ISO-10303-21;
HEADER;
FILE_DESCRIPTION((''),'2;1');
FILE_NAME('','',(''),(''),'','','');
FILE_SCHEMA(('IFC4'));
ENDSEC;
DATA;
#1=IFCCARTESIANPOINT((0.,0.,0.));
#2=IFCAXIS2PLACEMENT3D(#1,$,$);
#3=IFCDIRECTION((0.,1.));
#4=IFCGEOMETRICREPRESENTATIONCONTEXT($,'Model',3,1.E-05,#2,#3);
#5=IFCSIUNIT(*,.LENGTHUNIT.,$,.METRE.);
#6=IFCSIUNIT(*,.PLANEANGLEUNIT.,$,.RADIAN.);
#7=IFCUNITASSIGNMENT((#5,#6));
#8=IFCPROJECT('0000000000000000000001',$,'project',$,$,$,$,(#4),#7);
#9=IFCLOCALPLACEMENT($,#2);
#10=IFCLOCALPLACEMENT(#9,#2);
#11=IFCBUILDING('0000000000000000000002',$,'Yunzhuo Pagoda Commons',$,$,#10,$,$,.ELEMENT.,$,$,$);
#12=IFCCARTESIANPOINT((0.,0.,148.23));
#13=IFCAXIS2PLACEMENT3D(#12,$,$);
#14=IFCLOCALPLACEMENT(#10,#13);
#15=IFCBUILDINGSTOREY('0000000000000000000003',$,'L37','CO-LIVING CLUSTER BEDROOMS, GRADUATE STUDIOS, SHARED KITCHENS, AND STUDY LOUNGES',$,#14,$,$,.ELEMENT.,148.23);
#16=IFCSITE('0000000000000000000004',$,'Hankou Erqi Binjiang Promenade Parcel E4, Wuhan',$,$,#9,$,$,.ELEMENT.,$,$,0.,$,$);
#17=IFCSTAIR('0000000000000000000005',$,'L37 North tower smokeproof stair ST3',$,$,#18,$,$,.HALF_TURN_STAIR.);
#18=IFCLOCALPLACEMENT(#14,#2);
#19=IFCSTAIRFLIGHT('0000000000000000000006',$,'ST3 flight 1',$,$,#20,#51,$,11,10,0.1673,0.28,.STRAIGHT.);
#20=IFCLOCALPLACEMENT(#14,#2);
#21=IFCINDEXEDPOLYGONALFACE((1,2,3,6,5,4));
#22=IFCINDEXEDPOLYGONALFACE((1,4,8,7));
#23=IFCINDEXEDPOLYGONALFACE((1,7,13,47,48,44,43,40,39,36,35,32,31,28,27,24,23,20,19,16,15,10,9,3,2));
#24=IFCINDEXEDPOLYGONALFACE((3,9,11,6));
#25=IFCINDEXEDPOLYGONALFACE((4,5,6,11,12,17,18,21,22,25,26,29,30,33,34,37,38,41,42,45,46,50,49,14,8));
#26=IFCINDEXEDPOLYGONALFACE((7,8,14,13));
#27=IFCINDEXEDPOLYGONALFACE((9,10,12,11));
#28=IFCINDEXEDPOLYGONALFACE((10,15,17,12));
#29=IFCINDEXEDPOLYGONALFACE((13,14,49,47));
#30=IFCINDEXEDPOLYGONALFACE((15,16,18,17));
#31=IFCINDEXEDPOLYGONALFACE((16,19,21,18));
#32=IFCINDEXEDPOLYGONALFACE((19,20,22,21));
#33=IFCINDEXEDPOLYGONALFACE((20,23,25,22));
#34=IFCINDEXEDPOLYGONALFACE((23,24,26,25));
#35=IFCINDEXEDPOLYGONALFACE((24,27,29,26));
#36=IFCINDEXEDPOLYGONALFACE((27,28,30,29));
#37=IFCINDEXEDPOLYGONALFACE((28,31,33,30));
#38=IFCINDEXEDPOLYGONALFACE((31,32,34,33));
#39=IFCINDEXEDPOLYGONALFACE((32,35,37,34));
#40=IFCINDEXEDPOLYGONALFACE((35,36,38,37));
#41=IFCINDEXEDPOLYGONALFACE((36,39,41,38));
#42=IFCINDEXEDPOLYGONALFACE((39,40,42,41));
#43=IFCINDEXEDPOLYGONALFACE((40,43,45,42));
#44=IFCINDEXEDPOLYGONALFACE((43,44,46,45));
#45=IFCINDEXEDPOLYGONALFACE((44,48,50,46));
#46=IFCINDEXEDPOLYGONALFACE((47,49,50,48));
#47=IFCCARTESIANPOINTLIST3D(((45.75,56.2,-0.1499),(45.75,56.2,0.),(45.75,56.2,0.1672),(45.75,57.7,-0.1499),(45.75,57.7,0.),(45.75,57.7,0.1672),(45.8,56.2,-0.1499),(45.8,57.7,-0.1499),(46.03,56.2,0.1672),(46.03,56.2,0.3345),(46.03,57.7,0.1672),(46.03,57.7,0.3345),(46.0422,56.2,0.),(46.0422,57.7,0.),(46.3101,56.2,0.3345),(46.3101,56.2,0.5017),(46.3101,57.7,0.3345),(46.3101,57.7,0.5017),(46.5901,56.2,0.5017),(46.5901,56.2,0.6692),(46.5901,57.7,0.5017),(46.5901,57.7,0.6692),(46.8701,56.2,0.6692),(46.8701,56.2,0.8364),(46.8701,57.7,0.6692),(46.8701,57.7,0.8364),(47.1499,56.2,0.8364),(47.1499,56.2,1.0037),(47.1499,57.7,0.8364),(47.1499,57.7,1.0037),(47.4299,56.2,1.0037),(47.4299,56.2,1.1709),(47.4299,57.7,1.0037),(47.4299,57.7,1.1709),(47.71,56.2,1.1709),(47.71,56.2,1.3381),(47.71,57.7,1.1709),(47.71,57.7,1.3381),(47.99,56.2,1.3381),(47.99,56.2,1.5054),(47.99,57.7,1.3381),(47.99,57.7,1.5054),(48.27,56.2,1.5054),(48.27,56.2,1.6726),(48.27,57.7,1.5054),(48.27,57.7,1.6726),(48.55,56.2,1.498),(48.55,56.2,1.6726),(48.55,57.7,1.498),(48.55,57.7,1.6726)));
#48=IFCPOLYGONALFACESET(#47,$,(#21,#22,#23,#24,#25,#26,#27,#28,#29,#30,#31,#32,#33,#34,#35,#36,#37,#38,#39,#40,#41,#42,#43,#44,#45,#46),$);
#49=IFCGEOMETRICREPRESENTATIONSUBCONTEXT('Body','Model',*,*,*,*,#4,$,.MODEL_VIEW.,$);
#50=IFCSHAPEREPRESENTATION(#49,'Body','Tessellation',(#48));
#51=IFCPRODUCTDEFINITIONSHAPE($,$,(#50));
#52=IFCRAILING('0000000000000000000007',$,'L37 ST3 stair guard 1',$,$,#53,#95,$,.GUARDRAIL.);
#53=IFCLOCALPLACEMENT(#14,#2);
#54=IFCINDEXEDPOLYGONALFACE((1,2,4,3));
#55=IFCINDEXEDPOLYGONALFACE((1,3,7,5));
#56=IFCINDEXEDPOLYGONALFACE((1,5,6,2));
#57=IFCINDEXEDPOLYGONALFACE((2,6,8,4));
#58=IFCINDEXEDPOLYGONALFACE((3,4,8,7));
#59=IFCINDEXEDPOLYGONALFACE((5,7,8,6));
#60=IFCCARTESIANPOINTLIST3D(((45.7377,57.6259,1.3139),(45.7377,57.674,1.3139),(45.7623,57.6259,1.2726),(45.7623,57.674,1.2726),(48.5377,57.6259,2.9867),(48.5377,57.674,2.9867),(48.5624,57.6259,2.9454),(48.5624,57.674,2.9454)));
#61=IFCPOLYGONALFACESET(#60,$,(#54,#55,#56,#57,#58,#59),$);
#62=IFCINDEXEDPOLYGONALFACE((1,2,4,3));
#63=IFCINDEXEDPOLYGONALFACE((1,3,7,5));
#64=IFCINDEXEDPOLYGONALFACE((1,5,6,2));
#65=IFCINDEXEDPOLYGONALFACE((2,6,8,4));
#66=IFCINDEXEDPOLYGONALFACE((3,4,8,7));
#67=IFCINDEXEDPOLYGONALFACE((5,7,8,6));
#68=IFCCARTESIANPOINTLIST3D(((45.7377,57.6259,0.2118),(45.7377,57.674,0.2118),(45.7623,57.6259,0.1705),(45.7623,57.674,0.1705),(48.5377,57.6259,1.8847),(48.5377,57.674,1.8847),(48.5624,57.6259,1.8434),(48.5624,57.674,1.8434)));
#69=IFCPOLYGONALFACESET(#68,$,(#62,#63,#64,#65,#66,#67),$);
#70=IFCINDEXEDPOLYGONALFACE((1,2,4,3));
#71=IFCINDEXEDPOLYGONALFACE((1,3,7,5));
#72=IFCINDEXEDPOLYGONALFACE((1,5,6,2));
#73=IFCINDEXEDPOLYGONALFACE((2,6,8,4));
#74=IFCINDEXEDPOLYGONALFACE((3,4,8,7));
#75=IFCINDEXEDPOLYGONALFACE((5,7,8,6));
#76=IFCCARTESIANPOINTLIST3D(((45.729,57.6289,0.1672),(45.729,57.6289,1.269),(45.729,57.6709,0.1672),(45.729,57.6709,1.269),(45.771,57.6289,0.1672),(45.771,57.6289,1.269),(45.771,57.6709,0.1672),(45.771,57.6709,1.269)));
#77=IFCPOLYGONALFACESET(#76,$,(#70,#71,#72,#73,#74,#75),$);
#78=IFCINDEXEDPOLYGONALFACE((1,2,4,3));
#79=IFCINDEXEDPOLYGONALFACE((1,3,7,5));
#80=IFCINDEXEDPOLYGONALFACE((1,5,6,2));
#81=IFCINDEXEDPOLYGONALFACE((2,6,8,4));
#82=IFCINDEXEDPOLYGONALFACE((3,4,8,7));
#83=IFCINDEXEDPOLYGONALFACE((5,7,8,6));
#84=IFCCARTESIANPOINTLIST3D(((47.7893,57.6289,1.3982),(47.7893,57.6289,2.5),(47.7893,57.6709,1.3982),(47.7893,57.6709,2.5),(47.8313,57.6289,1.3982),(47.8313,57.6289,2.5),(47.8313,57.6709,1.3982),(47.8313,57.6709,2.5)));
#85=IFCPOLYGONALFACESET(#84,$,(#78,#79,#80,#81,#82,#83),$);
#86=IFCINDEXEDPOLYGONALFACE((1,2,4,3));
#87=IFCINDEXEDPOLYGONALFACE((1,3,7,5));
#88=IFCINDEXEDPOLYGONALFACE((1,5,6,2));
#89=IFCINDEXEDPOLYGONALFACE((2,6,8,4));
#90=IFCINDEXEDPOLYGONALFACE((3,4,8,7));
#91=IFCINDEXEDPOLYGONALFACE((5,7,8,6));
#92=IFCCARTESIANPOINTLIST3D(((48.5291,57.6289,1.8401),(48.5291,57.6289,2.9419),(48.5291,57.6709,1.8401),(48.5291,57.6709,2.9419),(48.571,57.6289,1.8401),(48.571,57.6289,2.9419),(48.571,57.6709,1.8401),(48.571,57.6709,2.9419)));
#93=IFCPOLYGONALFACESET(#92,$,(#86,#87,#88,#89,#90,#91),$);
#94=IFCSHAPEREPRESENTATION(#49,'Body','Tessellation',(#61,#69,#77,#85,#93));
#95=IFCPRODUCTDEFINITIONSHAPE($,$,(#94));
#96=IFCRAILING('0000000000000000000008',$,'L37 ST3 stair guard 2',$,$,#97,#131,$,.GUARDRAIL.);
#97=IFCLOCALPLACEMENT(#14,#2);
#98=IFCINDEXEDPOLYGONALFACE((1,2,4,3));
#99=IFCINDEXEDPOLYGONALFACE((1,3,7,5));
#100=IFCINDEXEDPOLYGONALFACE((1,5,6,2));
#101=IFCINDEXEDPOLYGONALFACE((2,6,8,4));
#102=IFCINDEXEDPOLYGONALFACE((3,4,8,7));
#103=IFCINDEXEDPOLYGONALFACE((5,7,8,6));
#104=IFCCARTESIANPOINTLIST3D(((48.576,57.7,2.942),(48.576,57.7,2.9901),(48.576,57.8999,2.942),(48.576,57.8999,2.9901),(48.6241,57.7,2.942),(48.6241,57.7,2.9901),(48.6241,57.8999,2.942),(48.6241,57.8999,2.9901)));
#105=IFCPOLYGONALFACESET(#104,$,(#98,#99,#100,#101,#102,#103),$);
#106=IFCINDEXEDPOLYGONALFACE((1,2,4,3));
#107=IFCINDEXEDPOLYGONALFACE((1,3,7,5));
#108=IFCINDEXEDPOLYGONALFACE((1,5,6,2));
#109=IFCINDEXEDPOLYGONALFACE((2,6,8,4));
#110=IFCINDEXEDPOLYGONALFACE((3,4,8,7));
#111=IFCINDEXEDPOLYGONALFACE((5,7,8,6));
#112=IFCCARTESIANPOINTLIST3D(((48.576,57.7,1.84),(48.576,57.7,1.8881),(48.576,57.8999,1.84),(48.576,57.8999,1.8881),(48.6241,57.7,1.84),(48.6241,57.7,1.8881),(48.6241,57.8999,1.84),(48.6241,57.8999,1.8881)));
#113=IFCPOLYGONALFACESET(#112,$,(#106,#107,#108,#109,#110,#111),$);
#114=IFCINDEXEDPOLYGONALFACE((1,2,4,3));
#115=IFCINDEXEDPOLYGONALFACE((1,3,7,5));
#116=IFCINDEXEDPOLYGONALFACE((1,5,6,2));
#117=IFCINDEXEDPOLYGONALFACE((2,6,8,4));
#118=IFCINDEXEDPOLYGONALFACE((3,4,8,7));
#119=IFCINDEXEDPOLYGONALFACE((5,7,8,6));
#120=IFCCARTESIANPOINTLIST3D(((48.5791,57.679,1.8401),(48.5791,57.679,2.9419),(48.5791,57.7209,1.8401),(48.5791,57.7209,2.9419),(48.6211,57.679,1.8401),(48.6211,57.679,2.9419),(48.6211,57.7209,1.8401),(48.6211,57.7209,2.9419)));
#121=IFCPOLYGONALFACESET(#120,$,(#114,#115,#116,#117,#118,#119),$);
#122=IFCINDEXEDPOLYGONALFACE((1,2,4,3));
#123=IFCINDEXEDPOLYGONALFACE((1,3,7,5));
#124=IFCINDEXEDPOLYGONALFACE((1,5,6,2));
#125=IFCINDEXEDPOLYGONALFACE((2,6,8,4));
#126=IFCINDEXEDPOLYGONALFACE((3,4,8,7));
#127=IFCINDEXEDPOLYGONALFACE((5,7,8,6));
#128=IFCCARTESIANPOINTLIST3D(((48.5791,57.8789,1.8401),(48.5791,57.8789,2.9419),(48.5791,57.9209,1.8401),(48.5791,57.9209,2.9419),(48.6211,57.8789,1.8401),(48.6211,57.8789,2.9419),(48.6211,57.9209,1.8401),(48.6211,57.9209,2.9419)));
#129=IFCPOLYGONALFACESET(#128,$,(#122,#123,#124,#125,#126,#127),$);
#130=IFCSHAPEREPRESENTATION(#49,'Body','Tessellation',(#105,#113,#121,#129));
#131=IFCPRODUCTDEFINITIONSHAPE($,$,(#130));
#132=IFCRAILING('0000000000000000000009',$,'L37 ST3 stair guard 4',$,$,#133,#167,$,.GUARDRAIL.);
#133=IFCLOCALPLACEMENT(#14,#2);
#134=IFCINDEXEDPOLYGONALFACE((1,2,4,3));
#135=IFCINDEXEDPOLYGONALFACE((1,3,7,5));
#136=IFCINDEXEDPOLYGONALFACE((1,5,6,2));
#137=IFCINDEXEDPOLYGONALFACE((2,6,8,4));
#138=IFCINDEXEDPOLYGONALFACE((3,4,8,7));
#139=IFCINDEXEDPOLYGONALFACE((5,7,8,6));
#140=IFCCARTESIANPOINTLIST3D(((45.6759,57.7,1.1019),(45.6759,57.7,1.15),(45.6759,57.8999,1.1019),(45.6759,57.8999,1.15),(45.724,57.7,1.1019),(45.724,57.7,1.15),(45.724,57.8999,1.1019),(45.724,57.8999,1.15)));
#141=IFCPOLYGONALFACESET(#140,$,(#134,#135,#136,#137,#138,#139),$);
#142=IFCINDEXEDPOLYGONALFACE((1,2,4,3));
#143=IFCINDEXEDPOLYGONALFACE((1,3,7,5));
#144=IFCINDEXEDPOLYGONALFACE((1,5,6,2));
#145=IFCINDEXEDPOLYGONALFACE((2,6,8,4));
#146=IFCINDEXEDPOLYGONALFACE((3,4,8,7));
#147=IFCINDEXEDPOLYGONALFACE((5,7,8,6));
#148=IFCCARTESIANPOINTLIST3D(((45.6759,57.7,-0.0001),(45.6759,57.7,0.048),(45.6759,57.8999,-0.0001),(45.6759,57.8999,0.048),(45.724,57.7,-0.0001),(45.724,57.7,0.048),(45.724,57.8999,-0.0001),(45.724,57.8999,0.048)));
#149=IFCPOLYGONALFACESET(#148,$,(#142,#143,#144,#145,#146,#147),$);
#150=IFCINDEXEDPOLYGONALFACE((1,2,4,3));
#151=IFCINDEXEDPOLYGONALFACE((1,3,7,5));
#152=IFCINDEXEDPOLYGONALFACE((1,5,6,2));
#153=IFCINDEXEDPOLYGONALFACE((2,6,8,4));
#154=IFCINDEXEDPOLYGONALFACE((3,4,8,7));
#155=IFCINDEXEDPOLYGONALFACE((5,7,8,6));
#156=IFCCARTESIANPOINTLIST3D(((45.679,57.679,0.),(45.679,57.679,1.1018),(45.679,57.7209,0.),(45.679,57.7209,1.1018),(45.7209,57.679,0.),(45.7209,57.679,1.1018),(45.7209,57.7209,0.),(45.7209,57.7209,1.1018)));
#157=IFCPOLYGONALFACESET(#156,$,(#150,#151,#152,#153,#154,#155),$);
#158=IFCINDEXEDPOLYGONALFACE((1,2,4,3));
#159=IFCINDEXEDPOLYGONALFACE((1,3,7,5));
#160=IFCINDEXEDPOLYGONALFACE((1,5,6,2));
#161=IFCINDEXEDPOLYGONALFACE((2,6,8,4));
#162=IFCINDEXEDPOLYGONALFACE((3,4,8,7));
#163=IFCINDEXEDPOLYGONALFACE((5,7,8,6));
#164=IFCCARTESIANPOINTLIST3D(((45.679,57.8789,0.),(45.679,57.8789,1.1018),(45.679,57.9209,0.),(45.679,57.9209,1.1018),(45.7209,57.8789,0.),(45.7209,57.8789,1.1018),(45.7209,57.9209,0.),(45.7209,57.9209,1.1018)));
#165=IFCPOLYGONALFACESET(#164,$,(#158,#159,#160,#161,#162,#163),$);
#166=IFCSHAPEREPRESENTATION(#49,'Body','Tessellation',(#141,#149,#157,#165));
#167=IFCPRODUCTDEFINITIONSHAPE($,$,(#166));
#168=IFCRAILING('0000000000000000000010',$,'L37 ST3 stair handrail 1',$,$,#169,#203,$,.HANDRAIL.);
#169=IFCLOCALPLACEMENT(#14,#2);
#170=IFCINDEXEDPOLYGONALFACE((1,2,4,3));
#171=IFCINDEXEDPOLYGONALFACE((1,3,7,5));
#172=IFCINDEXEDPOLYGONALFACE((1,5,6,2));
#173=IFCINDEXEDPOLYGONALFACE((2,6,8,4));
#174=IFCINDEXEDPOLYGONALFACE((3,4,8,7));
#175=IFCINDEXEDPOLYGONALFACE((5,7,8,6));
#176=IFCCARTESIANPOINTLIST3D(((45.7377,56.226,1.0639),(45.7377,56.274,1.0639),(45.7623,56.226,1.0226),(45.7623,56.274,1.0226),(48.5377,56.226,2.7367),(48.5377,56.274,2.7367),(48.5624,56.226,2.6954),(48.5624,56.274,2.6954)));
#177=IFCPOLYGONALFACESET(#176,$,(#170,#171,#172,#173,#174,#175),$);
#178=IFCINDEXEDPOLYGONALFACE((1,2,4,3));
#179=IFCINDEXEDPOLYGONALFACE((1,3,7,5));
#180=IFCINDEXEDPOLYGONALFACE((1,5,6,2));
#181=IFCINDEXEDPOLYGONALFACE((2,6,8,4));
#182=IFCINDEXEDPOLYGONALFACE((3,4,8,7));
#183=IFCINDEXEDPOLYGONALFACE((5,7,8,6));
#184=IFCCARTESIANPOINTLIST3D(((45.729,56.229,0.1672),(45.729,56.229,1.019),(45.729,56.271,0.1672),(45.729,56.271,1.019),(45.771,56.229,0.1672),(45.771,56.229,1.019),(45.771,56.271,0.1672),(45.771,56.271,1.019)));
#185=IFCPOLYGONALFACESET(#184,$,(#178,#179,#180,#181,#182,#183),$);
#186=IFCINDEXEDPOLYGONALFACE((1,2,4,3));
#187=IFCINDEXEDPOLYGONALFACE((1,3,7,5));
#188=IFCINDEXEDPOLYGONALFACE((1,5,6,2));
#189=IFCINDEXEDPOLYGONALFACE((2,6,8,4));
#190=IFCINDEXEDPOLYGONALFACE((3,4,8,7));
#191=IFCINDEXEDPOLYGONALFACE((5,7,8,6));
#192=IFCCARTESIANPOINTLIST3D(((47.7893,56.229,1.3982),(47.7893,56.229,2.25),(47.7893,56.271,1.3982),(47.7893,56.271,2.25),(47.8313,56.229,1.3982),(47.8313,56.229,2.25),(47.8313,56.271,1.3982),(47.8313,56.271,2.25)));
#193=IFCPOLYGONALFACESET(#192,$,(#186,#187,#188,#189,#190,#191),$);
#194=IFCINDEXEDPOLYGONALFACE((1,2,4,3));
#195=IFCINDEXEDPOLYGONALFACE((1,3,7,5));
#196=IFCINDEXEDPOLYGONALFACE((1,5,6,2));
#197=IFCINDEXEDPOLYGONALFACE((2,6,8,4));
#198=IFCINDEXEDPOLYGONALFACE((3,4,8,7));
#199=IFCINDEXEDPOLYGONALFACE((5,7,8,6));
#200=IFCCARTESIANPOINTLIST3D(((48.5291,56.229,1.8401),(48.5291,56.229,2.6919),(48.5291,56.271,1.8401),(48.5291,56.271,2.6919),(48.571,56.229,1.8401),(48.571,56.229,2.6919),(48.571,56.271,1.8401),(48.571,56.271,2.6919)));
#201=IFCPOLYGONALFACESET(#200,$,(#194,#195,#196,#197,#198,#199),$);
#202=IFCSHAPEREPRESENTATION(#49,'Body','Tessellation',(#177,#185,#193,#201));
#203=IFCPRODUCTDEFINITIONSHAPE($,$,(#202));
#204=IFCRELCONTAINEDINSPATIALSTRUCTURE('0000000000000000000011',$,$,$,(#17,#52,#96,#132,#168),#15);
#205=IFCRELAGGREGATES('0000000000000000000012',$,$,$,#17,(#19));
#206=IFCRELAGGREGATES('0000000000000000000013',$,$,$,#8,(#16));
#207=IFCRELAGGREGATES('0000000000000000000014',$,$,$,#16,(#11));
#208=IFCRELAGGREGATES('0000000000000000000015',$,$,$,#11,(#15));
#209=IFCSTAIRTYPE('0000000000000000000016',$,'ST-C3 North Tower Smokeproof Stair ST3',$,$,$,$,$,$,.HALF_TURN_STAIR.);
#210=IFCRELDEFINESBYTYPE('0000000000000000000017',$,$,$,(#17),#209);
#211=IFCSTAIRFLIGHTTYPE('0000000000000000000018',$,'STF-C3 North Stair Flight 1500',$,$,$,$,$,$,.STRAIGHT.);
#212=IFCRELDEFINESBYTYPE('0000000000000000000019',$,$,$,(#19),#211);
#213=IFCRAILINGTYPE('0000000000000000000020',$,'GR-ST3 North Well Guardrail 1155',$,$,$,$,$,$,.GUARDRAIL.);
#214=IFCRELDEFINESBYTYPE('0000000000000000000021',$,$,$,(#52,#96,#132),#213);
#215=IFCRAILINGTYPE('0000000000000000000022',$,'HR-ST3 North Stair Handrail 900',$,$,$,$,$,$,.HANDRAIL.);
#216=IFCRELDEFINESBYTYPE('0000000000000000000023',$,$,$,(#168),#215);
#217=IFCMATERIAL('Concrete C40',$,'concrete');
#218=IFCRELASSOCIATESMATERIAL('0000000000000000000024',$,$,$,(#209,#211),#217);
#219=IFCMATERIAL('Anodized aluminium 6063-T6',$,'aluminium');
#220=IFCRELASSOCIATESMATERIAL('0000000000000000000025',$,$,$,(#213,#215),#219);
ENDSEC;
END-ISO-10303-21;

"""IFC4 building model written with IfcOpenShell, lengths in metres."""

from ifc_helpers import new_model, si_unit, direction, frame, origin, origin_2d, place, context, subcontext, project, spatial, polyline, rectangle, outline, extrude, source, transform, mapped, material, type_object, element, aggregate, save


model = new_model("IFC4")

# Units and contexts
model_context = context("Model", 3, precision=1e-05, world=origin(), true_north=direction((0.0, 1.0)))
body_context = subcontext(model_context, "Body", "Model", "MODEL_VIEW")
ifc_project = project(units=[si_unit("LENGTHUNIT", "METRE"), si_unit("PLANEANGLEUNIT", "RADIAN")], contexts=[model_context])

# Site, building, storey
site_placement = place(None, origin())
site = spatial("IfcSite", under=ifc_project, at=site_placement, Name="Hankou Erqi Binjiang Promenade Parcel E4, Wuhan", CompositionType="ELEMENT", RefElevation=0.0)
building_placement = place(site_placement, origin())
building = spatial("IfcBuilding", under=site, at=building_placement, Name="Yunzhuo Pagoda Commons", CompositionType="ELEMENT")
storey_placement = place(building_placement, frame((0.0, 0.0, 148.23)))
storey = spatial("IfcBuildingStorey", under=building, at=storey_placement, Name="L37", Description="CO-LIVING CLUSTER BEDROOMS, GRADUATE STUDIOS, SHARED KITCHENS, AND STUDY LOUNGES", CompositionType="ELEMENT", Elevation=148.23)

# Shared definitions
ifc_material_1 = material(Name="Anodized aluminium 6063-T6", Category="aluminium")

# Stair, stair flight
ifc_material_2 = material(Name="Concrete C40", Category="concrete")
stair_type = type_object("IfcStairType", Name="ST-C3 North Tower Smokeproof Stair ST3", PredefinedType="HALF_TURN_STAIR", material=ifc_material_2)
stair_placement = place(storey_placement, origin())
stair = element("IfcStair", 1, at=stair_placement, inside=storey, type_object=stair_type, Name="L37 North tower smokeproof stair ST3", PredefinedType="HALF_TURN_STAIR")
stair_flight_type = type_object("IfcStairFlightType", Name="STF-C3 North Stair Flight 1500", PredefinedType="STRAIGHT", material=ifc_material_2)
shared_shape_1 = source(origin(), body_context, "Body", "SweptSolid", [
    extrude(outline(polyline([(0.0, -0.1499), (0.0, 0.0), (0.0, 0.1672), (0.28, 0.1672), (0.28, 0.3345), (0.5601, 0.3345), (0.5601, 0.5017), (0.8401, 0.5017), (0.8401, 0.6692), (1.1201, 0.6692), (1.1201, 0.8364), (1.3999, 0.8364), (1.3999, 1.0037), (1.6799, 1.0037), (1.6799, 1.1709), (1.96, 1.1709), (1.96, 1.3381), (2.24, 1.3381), (2.24, 1.5054), (2.52, 1.5054), (2.52, 1.6726), (2.8, 1.6726), (2.8, 1.8401), (2.8, 1.498), (0.2922, 0.0), (0.05, -0.1499), (0.0, -0.1499)])), frame((0.0, 0.75, 0.0), z_axis=(0.0, -1.0, 0.0), x_axis=(1.0, 0.0, 0.0)), (0.0, 0.0, 1.0), 1.5),
])
stair_flight_placement = place(storey_placement, frame((45.75, 56.95, 0.0), z_axis=(0.0, 0.0, 1.0), x_axis=(1.0, 0.0, 0.0)))
stair_flight = element("IfcStairFlight", 2, at=stair_flight_placement, type_object=stair_flight_type, Name="ST3 flight 1", NumberOfRisers=11, NumberOfTreads=10, PredefinedType="STRAIGHT", RiserHeight=0.1673, TreadLength=0.28, context=body_context, shape_type="MappedRepresentation", body=[
    mapped(shared_shape_1, transform((0.0, 0.0, 0.0), scale=1.0)),
])
aggregate(stair, [stair_flight])

# Railings
railing_type_1 = type_object("IfcRailingType", Name="GR-ST3 North Well Guardrail 1155", PredefinedType="GUARDRAIL", material=ifc_material_1)
railing_1_placement = place(storey_placement, frame((45.75, 57.6499, 0.1672)))
element("IfcRailing", 3, at=railing_1_placement, inside=storey, type_object=railing_type_1, Name="L37 ST3 stair guard 1", PredefinedType="GUARDRAIL", context=body_context, shape_type="SweptSolid", body=[
    extrude(rectangle(XDim=0.0481, YDim=0.0481, at=origin_2d()), frame((0.0, 0.0, 1.126), z_axis=(0.858462, 0.0, 0.512877), x_axis=(0.0, 1.0, 0.0)), (0.0, 0.0, 1.0), 3.2617),
    extrude(rectangle(XDim=0.0481, YDim=0.0481, at=origin_2d()), frame((0.0, 0.0, 0.0239), z_axis=(0.858462, 0.0, 0.512877), x_axis=(0.0, 1.0, 0.0)), (0.0, 0.0, 1.0), 3.2617),
    extrude(rectangle(XDim=0.042, YDim=0.042, at=origin_2d()), origin(), (0.0, 0.0, 1.0), 1.1018),
    extrude(rectangle(XDim=0.042, YDim=0.042, at=origin_2d()), frame((2.0603, 0.0, 1.231)), (0.0, 0.0, 1.0), 1.1018),
    extrude(rectangle(XDim=0.042, YDim=0.042, at=origin_2d()), frame((2.8, 0.0, 1.6729)), (0.0, 0.0, 1.0), 1.1018),
])
for number, where, name in (
    (4, (48.6001, 57.7, 1.8401), "L37 ST3 stair guard 2"),
    (5, (45.7, 57.7, 0.0), "L37 ST3 stair guard 4"),
):
    element("IfcRailing", number, at=place(storey_placement, frame(where)), inside=storey, type_object=railing_type_1, Name=name, PredefinedType="GUARDRAIL", context=body_context, shape_type="SweptSolid", body=[
        extrude(rectangle(XDim=0.0481, YDim=0.0481, at=origin_2d()), frame((0.0, 0.0, 1.126), z_axis=(0.0, 1.0, 0.0), x_axis=(-1.0, 0.0, 0.0)), (0.0, 0.0, 1.0), 0.2),
        extrude(rectangle(XDim=0.0481, YDim=0.0481, at=origin_2d()), frame((0.0, 0.0, 0.0239), z_axis=(0.0, 1.0, 0.0), x_axis=(-1.0, 0.0, 0.0)), (0.0, 0.0, 1.0), 0.2),
        extrude(rectangle(XDim=0.042, YDim=0.042, at=origin_2d()), origin(), (0.0, 0.0, 1.0), 1.1018),
        extrude(rectangle(XDim=0.042, YDim=0.042, at=origin_2d()), frame((0.0, 0.2, 0.0)), (0.0, 0.0, 1.0), 1.1018),
    ])
railing_type_2 = type_object("IfcRailingType", Name="HR-ST3 North Stair Handrail 900", PredefinedType="HANDRAIL", material=ifc_material_1)
railing_2_placement = place(storey_placement, frame((45.75, 56.25, 0.1672)))
element("IfcRailing", 6, at=railing_2_placement, inside=storey, type_object=railing_type_2, Name="L37 ST3 stair handrail 1", PredefinedType="HANDRAIL", context=body_context, shape_type="SweptSolid", body=[
    extrude(rectangle(XDim=0.0481, YDim=0.0481, at=origin_2d()), frame((0.0, 0.0, 0.876), z_axis=(0.858462, 0.0, 0.512877), x_axis=(0.0, 1.0, 0.0)), (0.0, 0.0, 1.0), 3.2617),
    extrude(rectangle(XDim=0.042, YDim=0.042, at=origin_2d()), origin(), (0.0, 0.0, 1.0), 0.8518),
    extrude(rectangle(XDim=0.042, YDim=0.042, at=origin_2d()), frame((2.0603, 0.0, 1.231)), (0.0, 0.0, 1.0), 0.8518),
    extrude(rectangle(XDim=0.042, YDim=0.042, at=origin_2d()), frame((2.8, 0.0, 1.6729)), (0.0, 0.0, 1.0), 0.8518),
])

save(model, "model.ifc")
